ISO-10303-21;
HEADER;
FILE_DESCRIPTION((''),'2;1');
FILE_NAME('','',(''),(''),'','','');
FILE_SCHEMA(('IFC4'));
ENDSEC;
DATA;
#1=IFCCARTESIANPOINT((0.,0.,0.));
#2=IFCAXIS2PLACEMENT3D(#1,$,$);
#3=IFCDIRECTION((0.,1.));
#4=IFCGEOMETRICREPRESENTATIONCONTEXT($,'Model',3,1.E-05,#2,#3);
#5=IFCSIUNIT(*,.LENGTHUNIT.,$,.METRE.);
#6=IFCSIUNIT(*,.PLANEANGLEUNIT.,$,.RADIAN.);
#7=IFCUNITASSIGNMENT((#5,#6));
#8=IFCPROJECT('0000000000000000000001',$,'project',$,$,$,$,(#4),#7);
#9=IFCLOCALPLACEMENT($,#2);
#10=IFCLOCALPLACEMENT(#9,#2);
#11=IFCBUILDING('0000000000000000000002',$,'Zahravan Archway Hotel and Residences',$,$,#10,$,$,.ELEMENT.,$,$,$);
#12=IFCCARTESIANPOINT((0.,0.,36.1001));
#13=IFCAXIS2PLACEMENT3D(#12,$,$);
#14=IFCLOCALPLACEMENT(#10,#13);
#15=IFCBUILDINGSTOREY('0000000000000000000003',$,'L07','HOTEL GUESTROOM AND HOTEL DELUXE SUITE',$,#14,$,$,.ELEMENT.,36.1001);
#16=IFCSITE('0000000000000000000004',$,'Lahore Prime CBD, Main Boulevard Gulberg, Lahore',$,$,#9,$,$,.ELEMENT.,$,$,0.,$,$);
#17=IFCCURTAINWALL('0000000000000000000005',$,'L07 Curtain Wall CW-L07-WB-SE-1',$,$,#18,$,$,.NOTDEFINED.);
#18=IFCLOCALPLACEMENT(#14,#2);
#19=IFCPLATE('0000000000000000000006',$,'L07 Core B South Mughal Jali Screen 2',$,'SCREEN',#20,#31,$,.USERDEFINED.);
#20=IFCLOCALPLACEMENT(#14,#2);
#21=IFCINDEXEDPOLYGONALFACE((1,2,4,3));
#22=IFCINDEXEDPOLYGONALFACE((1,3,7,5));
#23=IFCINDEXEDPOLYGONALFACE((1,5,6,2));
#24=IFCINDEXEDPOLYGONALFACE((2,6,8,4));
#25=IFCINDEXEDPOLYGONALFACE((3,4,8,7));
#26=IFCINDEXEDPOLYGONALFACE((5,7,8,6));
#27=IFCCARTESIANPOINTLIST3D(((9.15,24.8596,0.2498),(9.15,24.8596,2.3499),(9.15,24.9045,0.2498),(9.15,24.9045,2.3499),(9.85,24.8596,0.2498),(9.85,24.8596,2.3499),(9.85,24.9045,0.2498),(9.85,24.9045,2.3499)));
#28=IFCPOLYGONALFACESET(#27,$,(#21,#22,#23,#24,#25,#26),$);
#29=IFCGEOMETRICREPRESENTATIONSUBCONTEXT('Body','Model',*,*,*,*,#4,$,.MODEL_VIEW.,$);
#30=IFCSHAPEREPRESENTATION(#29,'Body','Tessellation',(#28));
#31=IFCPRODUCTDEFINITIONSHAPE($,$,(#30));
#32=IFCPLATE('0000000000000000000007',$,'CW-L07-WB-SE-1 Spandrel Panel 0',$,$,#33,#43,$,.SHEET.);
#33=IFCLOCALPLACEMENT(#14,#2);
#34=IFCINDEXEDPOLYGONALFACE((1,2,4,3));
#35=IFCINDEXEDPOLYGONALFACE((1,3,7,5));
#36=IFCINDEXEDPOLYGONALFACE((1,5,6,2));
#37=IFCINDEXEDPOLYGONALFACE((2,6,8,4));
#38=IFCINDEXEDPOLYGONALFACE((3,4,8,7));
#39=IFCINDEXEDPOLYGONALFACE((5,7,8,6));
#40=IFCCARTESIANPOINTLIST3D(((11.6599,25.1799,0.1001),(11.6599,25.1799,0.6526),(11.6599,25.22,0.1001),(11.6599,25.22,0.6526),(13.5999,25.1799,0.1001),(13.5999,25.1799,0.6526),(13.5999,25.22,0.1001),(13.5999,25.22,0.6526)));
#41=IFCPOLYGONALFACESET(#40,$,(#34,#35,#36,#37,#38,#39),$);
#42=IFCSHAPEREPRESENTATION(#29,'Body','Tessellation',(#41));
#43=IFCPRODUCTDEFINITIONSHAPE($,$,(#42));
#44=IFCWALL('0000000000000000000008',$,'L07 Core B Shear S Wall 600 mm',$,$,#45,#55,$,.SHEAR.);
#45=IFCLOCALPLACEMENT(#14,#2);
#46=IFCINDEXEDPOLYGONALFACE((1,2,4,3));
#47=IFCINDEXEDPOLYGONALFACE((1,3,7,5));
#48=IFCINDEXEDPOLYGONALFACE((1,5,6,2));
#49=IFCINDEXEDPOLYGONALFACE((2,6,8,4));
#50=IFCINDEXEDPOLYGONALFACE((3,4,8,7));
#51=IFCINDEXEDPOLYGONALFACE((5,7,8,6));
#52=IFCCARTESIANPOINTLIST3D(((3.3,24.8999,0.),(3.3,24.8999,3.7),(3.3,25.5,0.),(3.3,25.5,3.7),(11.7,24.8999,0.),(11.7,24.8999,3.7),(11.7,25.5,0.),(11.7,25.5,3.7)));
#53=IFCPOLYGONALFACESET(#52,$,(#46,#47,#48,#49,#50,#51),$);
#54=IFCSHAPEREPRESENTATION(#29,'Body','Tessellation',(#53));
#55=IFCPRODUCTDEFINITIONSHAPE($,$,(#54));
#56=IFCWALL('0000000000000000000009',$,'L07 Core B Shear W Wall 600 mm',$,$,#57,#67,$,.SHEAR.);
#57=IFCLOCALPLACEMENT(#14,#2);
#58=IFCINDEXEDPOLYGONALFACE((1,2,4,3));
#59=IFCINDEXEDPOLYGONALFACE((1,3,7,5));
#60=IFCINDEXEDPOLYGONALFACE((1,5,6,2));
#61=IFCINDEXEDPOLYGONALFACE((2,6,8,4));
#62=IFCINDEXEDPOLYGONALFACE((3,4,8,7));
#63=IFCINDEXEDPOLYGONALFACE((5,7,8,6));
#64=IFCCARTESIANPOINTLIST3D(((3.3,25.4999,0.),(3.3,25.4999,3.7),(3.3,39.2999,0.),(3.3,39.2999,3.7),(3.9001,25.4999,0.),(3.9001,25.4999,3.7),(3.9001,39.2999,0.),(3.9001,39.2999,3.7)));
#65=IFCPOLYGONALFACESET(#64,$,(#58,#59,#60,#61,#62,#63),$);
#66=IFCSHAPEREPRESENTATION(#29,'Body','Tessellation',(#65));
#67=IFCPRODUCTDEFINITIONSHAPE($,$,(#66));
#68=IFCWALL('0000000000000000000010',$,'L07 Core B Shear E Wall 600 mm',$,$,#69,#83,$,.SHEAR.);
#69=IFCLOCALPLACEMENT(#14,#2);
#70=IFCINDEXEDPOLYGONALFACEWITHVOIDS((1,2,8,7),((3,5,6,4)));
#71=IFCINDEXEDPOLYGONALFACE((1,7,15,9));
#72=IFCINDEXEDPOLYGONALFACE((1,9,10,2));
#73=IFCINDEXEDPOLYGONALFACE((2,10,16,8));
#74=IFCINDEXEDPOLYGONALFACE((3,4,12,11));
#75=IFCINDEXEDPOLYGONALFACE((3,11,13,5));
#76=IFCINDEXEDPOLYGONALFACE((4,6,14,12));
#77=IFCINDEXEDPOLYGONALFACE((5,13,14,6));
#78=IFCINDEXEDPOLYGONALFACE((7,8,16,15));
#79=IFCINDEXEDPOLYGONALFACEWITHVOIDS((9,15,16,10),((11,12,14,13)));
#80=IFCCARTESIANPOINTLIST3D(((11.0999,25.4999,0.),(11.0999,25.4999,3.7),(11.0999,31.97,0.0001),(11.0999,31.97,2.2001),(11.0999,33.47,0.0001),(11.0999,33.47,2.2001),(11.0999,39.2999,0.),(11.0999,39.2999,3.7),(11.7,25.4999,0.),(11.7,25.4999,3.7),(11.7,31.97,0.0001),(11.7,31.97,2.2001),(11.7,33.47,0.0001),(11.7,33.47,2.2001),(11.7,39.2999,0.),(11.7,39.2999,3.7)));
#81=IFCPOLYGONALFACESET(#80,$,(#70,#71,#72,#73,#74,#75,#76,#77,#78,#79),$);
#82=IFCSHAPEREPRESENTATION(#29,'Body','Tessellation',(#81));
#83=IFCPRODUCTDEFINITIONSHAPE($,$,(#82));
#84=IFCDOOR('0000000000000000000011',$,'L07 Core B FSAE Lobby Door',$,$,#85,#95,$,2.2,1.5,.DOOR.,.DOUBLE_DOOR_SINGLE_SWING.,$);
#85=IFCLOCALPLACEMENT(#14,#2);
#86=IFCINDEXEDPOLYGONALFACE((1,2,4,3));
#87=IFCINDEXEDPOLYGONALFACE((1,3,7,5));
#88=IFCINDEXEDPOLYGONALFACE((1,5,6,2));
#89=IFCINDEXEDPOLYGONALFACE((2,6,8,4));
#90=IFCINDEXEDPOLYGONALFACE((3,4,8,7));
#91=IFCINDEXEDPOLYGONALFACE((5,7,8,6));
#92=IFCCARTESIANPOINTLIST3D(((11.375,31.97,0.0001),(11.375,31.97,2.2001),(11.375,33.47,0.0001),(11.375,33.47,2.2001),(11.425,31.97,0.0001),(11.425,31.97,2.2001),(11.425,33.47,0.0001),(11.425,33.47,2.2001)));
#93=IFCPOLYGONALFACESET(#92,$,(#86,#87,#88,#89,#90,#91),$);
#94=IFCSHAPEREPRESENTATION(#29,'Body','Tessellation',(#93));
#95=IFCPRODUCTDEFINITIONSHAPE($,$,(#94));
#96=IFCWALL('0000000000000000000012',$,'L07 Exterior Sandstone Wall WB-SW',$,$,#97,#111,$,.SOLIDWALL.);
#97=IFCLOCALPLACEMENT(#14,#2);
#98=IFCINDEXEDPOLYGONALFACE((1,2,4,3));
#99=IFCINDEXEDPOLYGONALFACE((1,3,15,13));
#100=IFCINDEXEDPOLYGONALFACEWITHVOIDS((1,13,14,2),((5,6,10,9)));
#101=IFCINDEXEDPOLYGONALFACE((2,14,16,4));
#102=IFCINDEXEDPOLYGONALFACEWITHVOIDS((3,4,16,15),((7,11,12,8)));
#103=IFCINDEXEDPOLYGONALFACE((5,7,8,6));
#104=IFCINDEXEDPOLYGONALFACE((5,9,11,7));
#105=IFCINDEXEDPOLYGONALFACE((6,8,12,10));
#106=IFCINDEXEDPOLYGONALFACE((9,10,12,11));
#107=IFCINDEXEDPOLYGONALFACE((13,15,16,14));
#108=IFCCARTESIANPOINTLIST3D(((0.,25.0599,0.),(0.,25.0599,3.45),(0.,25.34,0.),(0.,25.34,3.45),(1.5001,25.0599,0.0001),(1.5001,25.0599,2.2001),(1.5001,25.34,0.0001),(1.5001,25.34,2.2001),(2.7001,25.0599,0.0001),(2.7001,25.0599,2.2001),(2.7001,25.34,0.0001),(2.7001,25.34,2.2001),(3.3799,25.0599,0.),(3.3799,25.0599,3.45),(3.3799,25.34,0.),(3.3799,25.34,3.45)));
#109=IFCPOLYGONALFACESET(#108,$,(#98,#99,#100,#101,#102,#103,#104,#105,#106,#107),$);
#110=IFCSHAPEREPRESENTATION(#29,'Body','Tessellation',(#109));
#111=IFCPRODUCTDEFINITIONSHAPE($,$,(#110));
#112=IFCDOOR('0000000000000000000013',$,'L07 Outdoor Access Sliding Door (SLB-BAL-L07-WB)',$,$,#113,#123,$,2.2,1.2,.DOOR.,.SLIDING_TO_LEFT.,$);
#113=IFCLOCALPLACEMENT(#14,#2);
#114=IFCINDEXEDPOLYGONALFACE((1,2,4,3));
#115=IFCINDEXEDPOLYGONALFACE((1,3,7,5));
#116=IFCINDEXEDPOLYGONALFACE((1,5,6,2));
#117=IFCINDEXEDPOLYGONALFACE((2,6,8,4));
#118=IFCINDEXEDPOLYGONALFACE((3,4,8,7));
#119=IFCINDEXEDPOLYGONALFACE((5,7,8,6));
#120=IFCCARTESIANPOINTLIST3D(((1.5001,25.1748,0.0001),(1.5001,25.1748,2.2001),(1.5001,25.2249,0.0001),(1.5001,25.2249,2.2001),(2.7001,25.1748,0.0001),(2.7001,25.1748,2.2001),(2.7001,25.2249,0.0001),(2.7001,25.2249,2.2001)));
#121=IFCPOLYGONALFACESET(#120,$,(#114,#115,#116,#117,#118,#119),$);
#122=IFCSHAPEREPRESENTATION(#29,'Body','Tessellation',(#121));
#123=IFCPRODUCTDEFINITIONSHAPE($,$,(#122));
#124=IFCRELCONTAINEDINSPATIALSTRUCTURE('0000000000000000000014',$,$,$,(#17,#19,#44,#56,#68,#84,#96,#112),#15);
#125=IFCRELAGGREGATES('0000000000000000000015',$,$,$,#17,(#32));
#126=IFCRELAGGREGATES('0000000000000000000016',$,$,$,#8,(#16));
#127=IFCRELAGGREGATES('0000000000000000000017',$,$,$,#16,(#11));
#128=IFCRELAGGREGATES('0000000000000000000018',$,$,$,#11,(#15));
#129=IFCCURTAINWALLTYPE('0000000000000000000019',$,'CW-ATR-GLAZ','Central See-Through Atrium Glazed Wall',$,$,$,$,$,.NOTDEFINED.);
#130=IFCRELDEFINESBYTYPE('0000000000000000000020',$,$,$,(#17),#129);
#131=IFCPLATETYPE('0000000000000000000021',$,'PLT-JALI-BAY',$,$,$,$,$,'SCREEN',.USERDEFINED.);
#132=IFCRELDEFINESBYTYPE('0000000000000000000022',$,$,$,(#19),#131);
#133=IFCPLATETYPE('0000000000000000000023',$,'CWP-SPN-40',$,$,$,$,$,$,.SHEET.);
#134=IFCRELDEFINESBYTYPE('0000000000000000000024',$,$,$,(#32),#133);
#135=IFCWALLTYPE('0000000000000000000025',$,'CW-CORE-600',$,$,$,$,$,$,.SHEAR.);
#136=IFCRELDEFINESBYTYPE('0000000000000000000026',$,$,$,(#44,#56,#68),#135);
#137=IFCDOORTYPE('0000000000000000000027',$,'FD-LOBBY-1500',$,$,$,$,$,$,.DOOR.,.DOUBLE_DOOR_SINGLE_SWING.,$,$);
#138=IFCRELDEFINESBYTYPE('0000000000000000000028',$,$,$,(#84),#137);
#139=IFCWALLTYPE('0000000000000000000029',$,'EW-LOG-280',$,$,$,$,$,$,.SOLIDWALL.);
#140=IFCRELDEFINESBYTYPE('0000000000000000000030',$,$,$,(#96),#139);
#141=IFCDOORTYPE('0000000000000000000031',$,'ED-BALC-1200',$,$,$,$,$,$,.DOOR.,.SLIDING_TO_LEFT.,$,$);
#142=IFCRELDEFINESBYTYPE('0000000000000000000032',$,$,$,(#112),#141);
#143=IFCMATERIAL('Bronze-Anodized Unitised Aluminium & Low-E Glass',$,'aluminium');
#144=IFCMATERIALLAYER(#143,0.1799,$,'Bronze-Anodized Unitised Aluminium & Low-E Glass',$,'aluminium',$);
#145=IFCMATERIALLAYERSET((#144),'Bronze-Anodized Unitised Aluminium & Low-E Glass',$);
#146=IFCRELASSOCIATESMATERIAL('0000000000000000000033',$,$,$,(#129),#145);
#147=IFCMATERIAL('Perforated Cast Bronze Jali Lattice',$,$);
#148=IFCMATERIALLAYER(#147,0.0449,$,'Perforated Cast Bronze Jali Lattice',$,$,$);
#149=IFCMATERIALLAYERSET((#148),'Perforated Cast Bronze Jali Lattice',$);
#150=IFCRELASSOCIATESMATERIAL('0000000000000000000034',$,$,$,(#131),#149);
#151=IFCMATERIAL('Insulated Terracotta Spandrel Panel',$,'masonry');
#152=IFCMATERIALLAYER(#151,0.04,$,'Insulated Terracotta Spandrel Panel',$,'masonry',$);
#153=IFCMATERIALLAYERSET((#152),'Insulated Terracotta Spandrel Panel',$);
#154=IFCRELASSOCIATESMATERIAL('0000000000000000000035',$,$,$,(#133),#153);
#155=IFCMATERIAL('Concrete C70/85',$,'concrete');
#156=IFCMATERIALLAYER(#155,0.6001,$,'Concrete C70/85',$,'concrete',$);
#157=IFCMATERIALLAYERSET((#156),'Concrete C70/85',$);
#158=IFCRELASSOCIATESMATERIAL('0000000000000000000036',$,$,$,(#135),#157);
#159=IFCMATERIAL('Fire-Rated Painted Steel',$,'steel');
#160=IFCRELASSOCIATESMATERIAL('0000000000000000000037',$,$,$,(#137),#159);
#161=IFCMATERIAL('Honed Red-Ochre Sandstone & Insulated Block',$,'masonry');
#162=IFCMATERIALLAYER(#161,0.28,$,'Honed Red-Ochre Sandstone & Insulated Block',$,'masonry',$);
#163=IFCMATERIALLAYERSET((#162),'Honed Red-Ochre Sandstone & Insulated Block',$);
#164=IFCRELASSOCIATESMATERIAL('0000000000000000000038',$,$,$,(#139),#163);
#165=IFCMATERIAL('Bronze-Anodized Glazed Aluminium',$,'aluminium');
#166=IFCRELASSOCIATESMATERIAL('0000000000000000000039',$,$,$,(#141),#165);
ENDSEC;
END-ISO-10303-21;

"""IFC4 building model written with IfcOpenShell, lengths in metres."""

from ifc_helpers import new_model, si_unit, direction, frame, frame_2d, origin, origin_2d, place, context, subcontext, project, spatial, rectangle, extrude, source, transform, mapped, material, layer, layer_set, type_object, type_shapes, element, fill, aggregate, save


model = new_model("IFC4")

# Units and contexts
model_context = context("Model", 3, precision=1e-05, world=origin(), true_north=direction((0.0, 1.0)))
body_context = subcontext(model_context, "Body", "Model", "MODEL_VIEW")
ifc_project = project(units=[si_unit("LENGTHUNIT", "METRE"), si_unit("PLANEANGLEUNIT", "RADIAN")], contexts=[model_context])

# Site, building, storey
site_placement = place(None, origin())
site = spatial("IfcSite", under=ifc_project, at=site_placement, Name="Lahore Prime CBD, Main Boulevard Gulberg, Lahore", CompositionType="ELEMENT", RefElevation=0.0)
building_placement = place(site_placement, origin())
building = spatial("IfcBuilding", under=site, at=building_placement, Name="Zahravan Archway Hotel and Residences", CompositionType="ELEMENT")
storey_placement = place(building_placement, frame((0.0, 0.0, 36.1001)))
storey = spatial("IfcBuildingStorey", under=building, at=storey_placement, Name="L07", Description="HOTEL GUESTROOM AND HOTEL DELUXE SUITE", CompositionType="ELEMENT", Elevation=36.1001)

# Shared definitions
ifc_material_1 = material(Name="Concrete C70/85", Category="concrete")

# Curtain wall
ifc_material_2 = material(Name="Bronze-Anodized Unitised Aluminium & Low-E Glass", Category="aluminium")
ifc_layer_1 = layer(ifc_material_2, 0.1799, Name="Bronze-Anodized Unitised Aluminium & Low-E Glass", Category="aluminium")
ifc_layer_set_1 = layer_set([ifc_layer_1], Name="Bronze-Anodized Unitised Aluminium & Low-E Glass")
curtain_wall_type = type_object("IfcCurtainWallType", Name="CW-ATR-GLAZ", Description="Central See-Through Atrium Glazed Wall", PredefinedType="NOTDEFINED", material=ifc_layer_set_1)
curtain_wall_placement = place(storey_placement, origin())
curtain_wall = element("IfcCurtainWall", 1, at=curtain_wall_placement, inside=storey, type_object=curtain_wall_type, Name="L07 Curtain Wall CW-L07-WB-SE-1", PredefinedType="NOTDEFINED")

# Plate
ifc_material_3 = material(Name="Perforated Cast Bronze Jali Lattice")
ifc_layer_2 = layer(ifc_material_3, 0.0449, Name="Perforated Cast Bronze Jali Lattice")
ifc_layer_set_2 = layer_set([ifc_layer_2], Name="Perforated Cast Bronze Jali Lattice")
plate_type_1 = type_object("IfcPlateType", Name="PLT-JALI-BAY", ElementType="SCREEN", PredefinedType="USERDEFINED", material=ifc_layer_set_2)
shared_shape_1 = source(origin(), body_context, "Body", "SweptSolid", [
    extrude(rectangle(XDim=0.7, YDim=0.0449, at=origin_2d()), origin(), (0.0, 0.0, 1.0), 2.1001),
])
type_shapes(plate_type_1, [shared_shape_1])
for number, where, z_axis, x_axis, name in (
    (2, (9.5, 24.8821, 0.2498), (0.0, 0.0, 1.0), (1.0, 0.0, 0.0), "L07 Core B South Mughal Jali Screen 2"),
):
    element("IfcPlate", number, at=place(storey_placement, frame(where, z_axis=z_axis, x_axis=x_axis)), inside=storey, type_object=plate_type_1, Name=name, ObjectType="SCREEN", PredefinedType="USERDEFINED", context=body_context, shape_type="MappedRepresentation", body=[
        mapped(shared_shape_1, transform((0.0, 0.0, 0.0), scale=1.0)),
    ])

# Plate
ifc_material_4 = material(Name="Insulated Terracotta Spandrel Panel", Category="masonry")
ifc_layer_3 = layer(ifc_material_4, 0.04, Name="Insulated Terracotta Spandrel Panel", Category="masonry")
ifc_layer_set_3 = layer_set([ifc_layer_3], Name="Insulated Terracotta Spandrel Panel")
plate_type_2 = type_object("IfcPlateType", Name="CWP-SPN-40", PredefinedType="SHEET", material=ifc_layer_set_3)
shared_shape_2 = source(origin(), body_context, "Body", "SweptSolid", [
    extrude(rectangle(XDim=1.9399, YDim=0.04, at=origin_2d()), origin(), (0.0, 0.0, 1.0), 0.5525),
])
plate_placement = place(storey_placement, frame((12.6299, 25.2, 0.1001), z_axis=(0.0, 0.0, 1.0), x_axis=(1.0, 0.0, 0.0)))
plate = element("IfcPlate", 3, at=plate_placement, type_object=plate_type_2, Name="CW-L07-WB-SE-1 Spandrel Panel 0", PredefinedType="SHEET", context=body_context, shape_type="MappedRepresentation", body=[
    mapped(shared_shape_2, transform((0.0, 0.0, 0.0), scale=1.0)),
])
aggregate(curtain_wall, [plate])

# Walls
ifc_layer_4 = layer(ifc_material_1, 0.6001, Name="Concrete C70/85", Category="concrete")
ifc_layer_set_4 = layer_set([ifc_layer_4], Name="Concrete C70/85")
wall_type_1 = type_object("IfcWallType", Name="CW-CORE-600", PredefinedType="SHEAR", material=ifc_layer_set_4)
wall_1_placement = place(storey_placement, frame((3.3, 25.2, 0.0), z_axis=(0.0, 0.0, 1.0), x_axis=(1.0, 0.0, 0.0)))
element("IfcWall", 4, at=wall_1_placement, inside=storey, type_object=wall_type_1, Name="L07 Core B Shear S Wall 600 mm", PredefinedType="SHEAR", context=body_context, shape_type="SweptSolid", body=[
    extrude(rectangle(XDim=8.3999, YDim=0.6001, at=frame_2d((4.2, 0.0))), origin(), (0.0, 0.0, 1.0), 3.7),
])
wall_2_placement = place(storey_placement, frame((3.6001, 25.5, 0.0), z_axis=(0.0, 0.0, 1.0), x_axis=(0.0, 1.0, 0.0)))
element("IfcWall", 5, at=wall_2_placement, inside=storey, type_object=wall_type_1, Name="L07 Core B Shear W Wall 600 mm", PredefinedType="SHEAR", context=body_context, shape_type="SweptSolid", body=[
    extrude(rectangle(XDim=13.8, YDim=0.6001, at=frame_2d((6.8999, 0.0))), origin(), (0.0, 0.0, 1.0), 3.7),
])

# Walls, openings, doors
wall_3_placement = place(storey_placement, frame((11.3999, 25.5, 0.0), z_axis=(0.0, 0.0, 1.0), x_axis=(0.0, 1.0, 0.0)))
wall_3 = element("IfcWall", 6, at=wall_3_placement, inside=storey, type_object=wall_type_1, Name="L07 Core B Shear E Wall 600 mm", PredefinedType="SHEAR", context=body_context, shape_type="SweptSolid", body=[
    extrude(rectangle(XDim=13.8, YDim=0.6001, at=frame_2d((6.8999, 0.0))), origin(), (0.0, 0.0, 1.0), 3.7),
])
opening_1_placement = place(wall_3_placement, frame((6.47, 0.0, 0.0)))
opening_1 = element("IfcOpeningElement", 7, at=opening_1_placement, cuts=wall_3, PredefinedType="OPENING", context=body_context, shape_type="SweptSolid", body=[
    extrude(rectangle(XDim=1.5, YDim=2.2, at=frame_2d((0.75, 1.1001))), frame((0.0, 0.3101, 0.0), z_axis=(0.0, -1.0, 0.0), x_axis=(1.0, 0.0, 0.0)), (0.0, 0.0, 1.0), 0.6201),
])
ifc_material_5 = material(Name="Fire-Rated Painted Steel", Category="steel")
door_type_1 = type_object("IfcDoorType", Name="FD-LOBBY-1500", OperationType="DOUBLE_DOOR_SINGLE_SWING", PredefinedType="DOOR", material=ifc_material_5)
shared_shape_3 = source(origin(), body_context, "Body", "SweptSolid", [
    extrude(rectangle(XDim=1.5, YDim=2.2, at=frame_2d((0.75, 1.1001))), frame((0.0, 0.0249, 0.0), z_axis=(0.0, -1.0, 0.0), x_axis=(1.0, 0.0, 0.0)), (0.0, 0.0, 1.0), 0.05),
])
type_shapes(door_type_1, [shared_shape_3])
door_1_placement = place(opening_1_placement, origin())
door_1 = element("IfcDoor", 8, at=door_1_placement, inside=storey, type_object=door_type_1, Name="L07 Core B FSAE Lobby Door", OperationType="DOUBLE_DOOR_SINGLE_SWING", OverallHeight=2.2, OverallWidth=1.5, PredefinedType="DOOR", context=body_context, shape_type="MappedRepresentation", body=[
    mapped(shared_shape_3, transform((0.0, 0.0, 0.0), scale=1.0)),
])
fill(opening_1, door_1)
ifc_material_6 = material(Name="Honed Red-Ochre Sandstone & Insulated Block", Category="masonry")
ifc_layer_5 = layer(ifc_material_6, 0.28, Name="Honed Red-Ochre Sandstone & Insulated Block", Category="masonry")
ifc_layer_set_5 = layer_set([ifc_layer_5], Name="Honed Red-Ochre Sandstone & Insulated Block")
wall_type_2 = type_object("IfcWallType", Name="EW-LOG-280", PredefinedType="SOLIDWALL", material=ifc_layer_set_5)
wall_4_placement = place(storey_placement, frame((0.0, 25.2, 0.0), z_axis=(0.0, 0.0, 1.0), x_axis=(1.0, 0.0, 0.0)))
wall_4 = element("IfcWall", 9, at=wall_4_placement, inside=storey, type_object=wall_type_2, Name="L07 Exterior Sandstone Wall WB-SW", PredefinedType="SOLIDWALL", context=body_context, shape_type="SweptSolid", body=[
    extrude(rectangle(XDim=3.3799, YDim=0.28, at=frame_2d((1.6899, 0.0))), origin(), (0.0, 0.0, 1.0), 3.45),
])
opening_2_placement = place(wall_4_placement, frame((1.5, 0.0, 0.0)))
opening_2 = element("IfcOpeningElement", 10, at=opening_2_placement, cuts=wall_4, PredefinedType="OPENING", context=body_context, shape_type="SweptSolid", body=[
    extrude(rectangle(XDim=1.2, YDim=2.2, at=frame_2d((0.6001, 1.1001))), frame((0.0, 0.1499, 0.0), z_axis=(0.0, -1.0, 0.0), x_axis=(1.0, 0.0, 0.0)), (0.0, 0.0, 1.0), 0.3),
])
ifc_material_7 = material(Name="Bronze-Anodized Glazed Aluminium", Category="aluminium")
door_type_2 = type_object("IfcDoorType", Name="ED-BALC-1200", OperationType="SLIDING_TO_LEFT", PredefinedType="DOOR", material=ifc_material_7)
shared_shape_4 = source(origin(), body_context, "Body", "SweptSolid", [
    extrude(rectangle(XDim=1.2, YDim=2.2, at=frame_2d((0.6001, 1.1001))), frame((0.0, 0.0249, 0.0), z_axis=(0.0, -1.0, 0.0), x_axis=(1.0, 0.0, 0.0)), (0.0, 0.0, 1.0), 0.05),
])
type_shapes(door_type_2, [shared_shape_4])
door_2_placement = place(opening_2_placement, origin())
door_2 = element("IfcDoor", 11, at=door_2_placement, inside=storey, type_object=door_type_2, Name="L07 Outdoor Access Sliding Door (SLB-BAL-L07-WB)", OperationType="SLIDING_TO_LEFT", OverallHeight=2.2, OverallWidth=1.2, PredefinedType="DOOR", context=body_context, shape_type="MappedRepresentation", body=[
    mapped(shared_shape_4, transform((0.0, 0.0, 0.0), scale=1.0)),
])
fill(opening_2, door_2)

save(model, "model.ifc")
